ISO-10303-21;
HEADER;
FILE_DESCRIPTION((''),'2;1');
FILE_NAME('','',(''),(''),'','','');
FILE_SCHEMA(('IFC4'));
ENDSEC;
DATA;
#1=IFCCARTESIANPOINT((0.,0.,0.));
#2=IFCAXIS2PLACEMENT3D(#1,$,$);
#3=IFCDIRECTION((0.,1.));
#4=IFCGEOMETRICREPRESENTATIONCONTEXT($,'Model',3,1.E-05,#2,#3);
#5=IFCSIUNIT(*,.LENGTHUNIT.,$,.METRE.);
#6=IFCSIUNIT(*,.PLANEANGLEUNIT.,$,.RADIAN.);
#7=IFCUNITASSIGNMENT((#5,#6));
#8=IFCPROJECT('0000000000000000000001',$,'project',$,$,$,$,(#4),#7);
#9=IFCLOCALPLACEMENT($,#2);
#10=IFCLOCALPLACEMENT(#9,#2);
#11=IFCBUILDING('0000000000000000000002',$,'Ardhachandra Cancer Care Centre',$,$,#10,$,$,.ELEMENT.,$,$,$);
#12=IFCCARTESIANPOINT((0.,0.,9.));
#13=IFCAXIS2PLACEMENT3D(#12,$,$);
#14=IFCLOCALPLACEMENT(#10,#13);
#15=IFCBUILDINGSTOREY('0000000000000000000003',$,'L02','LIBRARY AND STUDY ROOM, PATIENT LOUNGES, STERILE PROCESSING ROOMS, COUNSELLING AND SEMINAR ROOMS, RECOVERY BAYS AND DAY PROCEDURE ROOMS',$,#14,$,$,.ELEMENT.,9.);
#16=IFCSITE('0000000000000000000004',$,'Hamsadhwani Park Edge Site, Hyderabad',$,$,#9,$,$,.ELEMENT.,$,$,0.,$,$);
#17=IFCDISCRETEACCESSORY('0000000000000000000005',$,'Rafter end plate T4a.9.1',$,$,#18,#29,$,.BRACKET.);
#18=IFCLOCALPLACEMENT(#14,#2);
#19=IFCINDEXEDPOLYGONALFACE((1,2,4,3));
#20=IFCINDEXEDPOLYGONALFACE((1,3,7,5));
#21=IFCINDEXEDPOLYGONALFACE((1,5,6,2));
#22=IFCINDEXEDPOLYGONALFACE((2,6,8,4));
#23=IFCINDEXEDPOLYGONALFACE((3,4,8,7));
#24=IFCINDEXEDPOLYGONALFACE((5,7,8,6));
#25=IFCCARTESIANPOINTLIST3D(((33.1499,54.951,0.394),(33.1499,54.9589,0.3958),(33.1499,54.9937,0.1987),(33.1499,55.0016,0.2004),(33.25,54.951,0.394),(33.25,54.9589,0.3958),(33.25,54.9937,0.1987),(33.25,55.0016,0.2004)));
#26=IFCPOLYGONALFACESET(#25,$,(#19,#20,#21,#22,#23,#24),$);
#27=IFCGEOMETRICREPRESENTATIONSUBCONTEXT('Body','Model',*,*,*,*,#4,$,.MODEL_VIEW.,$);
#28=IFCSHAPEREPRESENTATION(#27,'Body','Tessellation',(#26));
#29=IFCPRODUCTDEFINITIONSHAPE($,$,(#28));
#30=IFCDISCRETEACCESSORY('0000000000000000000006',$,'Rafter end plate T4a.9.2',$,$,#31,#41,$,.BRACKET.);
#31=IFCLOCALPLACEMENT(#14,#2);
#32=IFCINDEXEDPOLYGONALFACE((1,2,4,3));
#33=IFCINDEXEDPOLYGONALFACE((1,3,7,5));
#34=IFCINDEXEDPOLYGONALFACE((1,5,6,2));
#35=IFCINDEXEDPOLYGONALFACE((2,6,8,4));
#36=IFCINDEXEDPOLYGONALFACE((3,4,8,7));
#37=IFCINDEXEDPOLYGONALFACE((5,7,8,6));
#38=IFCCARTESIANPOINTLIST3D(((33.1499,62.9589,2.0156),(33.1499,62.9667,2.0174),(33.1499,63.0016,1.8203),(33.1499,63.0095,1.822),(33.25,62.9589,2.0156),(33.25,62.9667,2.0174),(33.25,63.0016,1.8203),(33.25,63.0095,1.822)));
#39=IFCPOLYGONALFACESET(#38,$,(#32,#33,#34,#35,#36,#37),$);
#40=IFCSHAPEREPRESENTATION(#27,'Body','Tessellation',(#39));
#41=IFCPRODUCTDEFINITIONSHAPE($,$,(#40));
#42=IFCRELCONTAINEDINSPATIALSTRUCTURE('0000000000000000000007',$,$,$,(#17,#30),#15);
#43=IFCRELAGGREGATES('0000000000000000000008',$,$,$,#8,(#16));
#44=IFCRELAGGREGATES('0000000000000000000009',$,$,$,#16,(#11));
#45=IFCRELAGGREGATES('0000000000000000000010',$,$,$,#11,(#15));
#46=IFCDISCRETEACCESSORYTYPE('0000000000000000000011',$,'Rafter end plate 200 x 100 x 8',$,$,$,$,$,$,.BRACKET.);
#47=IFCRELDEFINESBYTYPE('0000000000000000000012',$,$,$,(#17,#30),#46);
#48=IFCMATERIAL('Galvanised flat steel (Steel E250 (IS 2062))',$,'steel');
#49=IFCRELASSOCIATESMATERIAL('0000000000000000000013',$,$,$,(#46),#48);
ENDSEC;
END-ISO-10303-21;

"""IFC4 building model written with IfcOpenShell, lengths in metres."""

from ifc_helpers import new_model, si_unit, direction, frame, origin, origin_2d, place, context, subcontext, project, spatial, rectangle, extrude, material, material_profile, profile_set, type_object, element, save


model = new_model("IFC4")

# Units and contexts
model_context = context("Model", 3, precision=1e-05, world=origin(), true_north=direction((0.0, 1.0)))
body_context = subcontext(model_context, "Body", "Model", "MODEL_VIEW")
ifc_project = project(units=[si_unit("LENGTHUNIT", "METRE"), si_unit("PLANEANGLEUNIT", "RADIAN")], contexts=[model_context])

# Site, building, storey
site_placement = place(None, origin())
site = spatial("IfcSite", under=ifc_project, at=site_placement, Name="Hamsadhwani Park Edge Site, Hyderabad", CompositionType="ELEMENT", RefElevation=0.0)
building_placement = place(site_placement, origin())
building = spatial("IfcBuilding", under=site, at=building_placement, Name="Ardhachandra Cancer Care Centre", CompositionType="ELEMENT")
storey_placement = place(building_placement, frame((0.0, 0.0, 9.0)))
storey = spatial("IfcBuildingStorey", under=building, at=storey_placement, Name="L02", Description="LIBRARY AND STUDY ROOM, PATIENT LOUNGES, STERILE PROCESSING ROOMS, COUNSELLING AND SEMINAR ROOMS, RECOVERY BAYS AND DAY PROCEDURE ROOMS", CompositionType="ELEMENT", Elevation=9.0)

# Discrete accessories
ifc_material_1 = material(Name="Galvanised flat steel (Steel E250 (IS 2062))", Category="steel")
ifc_material_profile_1 = material_profile(ifc_material_1, rectangle(XDim=0.1001, YDim=0.2, at=origin_2d()), Name="Rafter end plate 200 x 100 x 8")
ifc_profile_set_1 = profile_set([ifc_material_profile_1], Name="Galvanised flat steel (Steel E250 (IS 2062))")
discrete_accessory_type = type_object("IfcDiscreteAccessoryType", Name="Rafter end plate 200 x 100 x 8", PredefinedType="BRACKET", material=ifc_profile_set_1)
for number, where, z_axis, x_axis, name in (
    (1, (33.2, 54.9802, 0.2981), (0.0, -0.9769, -0.213697), (1.0, 0.0, 0.0), "Rafter end plate T4a.9.1"),
    (2, (33.2, 62.9802, 1.918), (0.0, 0.9769, 0.213697), (-1.0, 0.0, 0.0), "Rafter end plate T4a.9.2"),
):
    element("IfcDiscreteAccessory", number, at=place(storey_placement, frame(where, z_axis=z_axis, x_axis=x_axis)), inside=storey, type_object=discrete_accessory_type, Name=name, PredefinedType="BRACKET", context=body_context, shape_type="SweptSolid", body=[
        extrude(rectangle(XDim=0.1001, YDim=0.2, at=origin_2d()), origin(), (0.0, 0.0, 1.0), 0.0081),
    ])

save(model, "model.ifc")
